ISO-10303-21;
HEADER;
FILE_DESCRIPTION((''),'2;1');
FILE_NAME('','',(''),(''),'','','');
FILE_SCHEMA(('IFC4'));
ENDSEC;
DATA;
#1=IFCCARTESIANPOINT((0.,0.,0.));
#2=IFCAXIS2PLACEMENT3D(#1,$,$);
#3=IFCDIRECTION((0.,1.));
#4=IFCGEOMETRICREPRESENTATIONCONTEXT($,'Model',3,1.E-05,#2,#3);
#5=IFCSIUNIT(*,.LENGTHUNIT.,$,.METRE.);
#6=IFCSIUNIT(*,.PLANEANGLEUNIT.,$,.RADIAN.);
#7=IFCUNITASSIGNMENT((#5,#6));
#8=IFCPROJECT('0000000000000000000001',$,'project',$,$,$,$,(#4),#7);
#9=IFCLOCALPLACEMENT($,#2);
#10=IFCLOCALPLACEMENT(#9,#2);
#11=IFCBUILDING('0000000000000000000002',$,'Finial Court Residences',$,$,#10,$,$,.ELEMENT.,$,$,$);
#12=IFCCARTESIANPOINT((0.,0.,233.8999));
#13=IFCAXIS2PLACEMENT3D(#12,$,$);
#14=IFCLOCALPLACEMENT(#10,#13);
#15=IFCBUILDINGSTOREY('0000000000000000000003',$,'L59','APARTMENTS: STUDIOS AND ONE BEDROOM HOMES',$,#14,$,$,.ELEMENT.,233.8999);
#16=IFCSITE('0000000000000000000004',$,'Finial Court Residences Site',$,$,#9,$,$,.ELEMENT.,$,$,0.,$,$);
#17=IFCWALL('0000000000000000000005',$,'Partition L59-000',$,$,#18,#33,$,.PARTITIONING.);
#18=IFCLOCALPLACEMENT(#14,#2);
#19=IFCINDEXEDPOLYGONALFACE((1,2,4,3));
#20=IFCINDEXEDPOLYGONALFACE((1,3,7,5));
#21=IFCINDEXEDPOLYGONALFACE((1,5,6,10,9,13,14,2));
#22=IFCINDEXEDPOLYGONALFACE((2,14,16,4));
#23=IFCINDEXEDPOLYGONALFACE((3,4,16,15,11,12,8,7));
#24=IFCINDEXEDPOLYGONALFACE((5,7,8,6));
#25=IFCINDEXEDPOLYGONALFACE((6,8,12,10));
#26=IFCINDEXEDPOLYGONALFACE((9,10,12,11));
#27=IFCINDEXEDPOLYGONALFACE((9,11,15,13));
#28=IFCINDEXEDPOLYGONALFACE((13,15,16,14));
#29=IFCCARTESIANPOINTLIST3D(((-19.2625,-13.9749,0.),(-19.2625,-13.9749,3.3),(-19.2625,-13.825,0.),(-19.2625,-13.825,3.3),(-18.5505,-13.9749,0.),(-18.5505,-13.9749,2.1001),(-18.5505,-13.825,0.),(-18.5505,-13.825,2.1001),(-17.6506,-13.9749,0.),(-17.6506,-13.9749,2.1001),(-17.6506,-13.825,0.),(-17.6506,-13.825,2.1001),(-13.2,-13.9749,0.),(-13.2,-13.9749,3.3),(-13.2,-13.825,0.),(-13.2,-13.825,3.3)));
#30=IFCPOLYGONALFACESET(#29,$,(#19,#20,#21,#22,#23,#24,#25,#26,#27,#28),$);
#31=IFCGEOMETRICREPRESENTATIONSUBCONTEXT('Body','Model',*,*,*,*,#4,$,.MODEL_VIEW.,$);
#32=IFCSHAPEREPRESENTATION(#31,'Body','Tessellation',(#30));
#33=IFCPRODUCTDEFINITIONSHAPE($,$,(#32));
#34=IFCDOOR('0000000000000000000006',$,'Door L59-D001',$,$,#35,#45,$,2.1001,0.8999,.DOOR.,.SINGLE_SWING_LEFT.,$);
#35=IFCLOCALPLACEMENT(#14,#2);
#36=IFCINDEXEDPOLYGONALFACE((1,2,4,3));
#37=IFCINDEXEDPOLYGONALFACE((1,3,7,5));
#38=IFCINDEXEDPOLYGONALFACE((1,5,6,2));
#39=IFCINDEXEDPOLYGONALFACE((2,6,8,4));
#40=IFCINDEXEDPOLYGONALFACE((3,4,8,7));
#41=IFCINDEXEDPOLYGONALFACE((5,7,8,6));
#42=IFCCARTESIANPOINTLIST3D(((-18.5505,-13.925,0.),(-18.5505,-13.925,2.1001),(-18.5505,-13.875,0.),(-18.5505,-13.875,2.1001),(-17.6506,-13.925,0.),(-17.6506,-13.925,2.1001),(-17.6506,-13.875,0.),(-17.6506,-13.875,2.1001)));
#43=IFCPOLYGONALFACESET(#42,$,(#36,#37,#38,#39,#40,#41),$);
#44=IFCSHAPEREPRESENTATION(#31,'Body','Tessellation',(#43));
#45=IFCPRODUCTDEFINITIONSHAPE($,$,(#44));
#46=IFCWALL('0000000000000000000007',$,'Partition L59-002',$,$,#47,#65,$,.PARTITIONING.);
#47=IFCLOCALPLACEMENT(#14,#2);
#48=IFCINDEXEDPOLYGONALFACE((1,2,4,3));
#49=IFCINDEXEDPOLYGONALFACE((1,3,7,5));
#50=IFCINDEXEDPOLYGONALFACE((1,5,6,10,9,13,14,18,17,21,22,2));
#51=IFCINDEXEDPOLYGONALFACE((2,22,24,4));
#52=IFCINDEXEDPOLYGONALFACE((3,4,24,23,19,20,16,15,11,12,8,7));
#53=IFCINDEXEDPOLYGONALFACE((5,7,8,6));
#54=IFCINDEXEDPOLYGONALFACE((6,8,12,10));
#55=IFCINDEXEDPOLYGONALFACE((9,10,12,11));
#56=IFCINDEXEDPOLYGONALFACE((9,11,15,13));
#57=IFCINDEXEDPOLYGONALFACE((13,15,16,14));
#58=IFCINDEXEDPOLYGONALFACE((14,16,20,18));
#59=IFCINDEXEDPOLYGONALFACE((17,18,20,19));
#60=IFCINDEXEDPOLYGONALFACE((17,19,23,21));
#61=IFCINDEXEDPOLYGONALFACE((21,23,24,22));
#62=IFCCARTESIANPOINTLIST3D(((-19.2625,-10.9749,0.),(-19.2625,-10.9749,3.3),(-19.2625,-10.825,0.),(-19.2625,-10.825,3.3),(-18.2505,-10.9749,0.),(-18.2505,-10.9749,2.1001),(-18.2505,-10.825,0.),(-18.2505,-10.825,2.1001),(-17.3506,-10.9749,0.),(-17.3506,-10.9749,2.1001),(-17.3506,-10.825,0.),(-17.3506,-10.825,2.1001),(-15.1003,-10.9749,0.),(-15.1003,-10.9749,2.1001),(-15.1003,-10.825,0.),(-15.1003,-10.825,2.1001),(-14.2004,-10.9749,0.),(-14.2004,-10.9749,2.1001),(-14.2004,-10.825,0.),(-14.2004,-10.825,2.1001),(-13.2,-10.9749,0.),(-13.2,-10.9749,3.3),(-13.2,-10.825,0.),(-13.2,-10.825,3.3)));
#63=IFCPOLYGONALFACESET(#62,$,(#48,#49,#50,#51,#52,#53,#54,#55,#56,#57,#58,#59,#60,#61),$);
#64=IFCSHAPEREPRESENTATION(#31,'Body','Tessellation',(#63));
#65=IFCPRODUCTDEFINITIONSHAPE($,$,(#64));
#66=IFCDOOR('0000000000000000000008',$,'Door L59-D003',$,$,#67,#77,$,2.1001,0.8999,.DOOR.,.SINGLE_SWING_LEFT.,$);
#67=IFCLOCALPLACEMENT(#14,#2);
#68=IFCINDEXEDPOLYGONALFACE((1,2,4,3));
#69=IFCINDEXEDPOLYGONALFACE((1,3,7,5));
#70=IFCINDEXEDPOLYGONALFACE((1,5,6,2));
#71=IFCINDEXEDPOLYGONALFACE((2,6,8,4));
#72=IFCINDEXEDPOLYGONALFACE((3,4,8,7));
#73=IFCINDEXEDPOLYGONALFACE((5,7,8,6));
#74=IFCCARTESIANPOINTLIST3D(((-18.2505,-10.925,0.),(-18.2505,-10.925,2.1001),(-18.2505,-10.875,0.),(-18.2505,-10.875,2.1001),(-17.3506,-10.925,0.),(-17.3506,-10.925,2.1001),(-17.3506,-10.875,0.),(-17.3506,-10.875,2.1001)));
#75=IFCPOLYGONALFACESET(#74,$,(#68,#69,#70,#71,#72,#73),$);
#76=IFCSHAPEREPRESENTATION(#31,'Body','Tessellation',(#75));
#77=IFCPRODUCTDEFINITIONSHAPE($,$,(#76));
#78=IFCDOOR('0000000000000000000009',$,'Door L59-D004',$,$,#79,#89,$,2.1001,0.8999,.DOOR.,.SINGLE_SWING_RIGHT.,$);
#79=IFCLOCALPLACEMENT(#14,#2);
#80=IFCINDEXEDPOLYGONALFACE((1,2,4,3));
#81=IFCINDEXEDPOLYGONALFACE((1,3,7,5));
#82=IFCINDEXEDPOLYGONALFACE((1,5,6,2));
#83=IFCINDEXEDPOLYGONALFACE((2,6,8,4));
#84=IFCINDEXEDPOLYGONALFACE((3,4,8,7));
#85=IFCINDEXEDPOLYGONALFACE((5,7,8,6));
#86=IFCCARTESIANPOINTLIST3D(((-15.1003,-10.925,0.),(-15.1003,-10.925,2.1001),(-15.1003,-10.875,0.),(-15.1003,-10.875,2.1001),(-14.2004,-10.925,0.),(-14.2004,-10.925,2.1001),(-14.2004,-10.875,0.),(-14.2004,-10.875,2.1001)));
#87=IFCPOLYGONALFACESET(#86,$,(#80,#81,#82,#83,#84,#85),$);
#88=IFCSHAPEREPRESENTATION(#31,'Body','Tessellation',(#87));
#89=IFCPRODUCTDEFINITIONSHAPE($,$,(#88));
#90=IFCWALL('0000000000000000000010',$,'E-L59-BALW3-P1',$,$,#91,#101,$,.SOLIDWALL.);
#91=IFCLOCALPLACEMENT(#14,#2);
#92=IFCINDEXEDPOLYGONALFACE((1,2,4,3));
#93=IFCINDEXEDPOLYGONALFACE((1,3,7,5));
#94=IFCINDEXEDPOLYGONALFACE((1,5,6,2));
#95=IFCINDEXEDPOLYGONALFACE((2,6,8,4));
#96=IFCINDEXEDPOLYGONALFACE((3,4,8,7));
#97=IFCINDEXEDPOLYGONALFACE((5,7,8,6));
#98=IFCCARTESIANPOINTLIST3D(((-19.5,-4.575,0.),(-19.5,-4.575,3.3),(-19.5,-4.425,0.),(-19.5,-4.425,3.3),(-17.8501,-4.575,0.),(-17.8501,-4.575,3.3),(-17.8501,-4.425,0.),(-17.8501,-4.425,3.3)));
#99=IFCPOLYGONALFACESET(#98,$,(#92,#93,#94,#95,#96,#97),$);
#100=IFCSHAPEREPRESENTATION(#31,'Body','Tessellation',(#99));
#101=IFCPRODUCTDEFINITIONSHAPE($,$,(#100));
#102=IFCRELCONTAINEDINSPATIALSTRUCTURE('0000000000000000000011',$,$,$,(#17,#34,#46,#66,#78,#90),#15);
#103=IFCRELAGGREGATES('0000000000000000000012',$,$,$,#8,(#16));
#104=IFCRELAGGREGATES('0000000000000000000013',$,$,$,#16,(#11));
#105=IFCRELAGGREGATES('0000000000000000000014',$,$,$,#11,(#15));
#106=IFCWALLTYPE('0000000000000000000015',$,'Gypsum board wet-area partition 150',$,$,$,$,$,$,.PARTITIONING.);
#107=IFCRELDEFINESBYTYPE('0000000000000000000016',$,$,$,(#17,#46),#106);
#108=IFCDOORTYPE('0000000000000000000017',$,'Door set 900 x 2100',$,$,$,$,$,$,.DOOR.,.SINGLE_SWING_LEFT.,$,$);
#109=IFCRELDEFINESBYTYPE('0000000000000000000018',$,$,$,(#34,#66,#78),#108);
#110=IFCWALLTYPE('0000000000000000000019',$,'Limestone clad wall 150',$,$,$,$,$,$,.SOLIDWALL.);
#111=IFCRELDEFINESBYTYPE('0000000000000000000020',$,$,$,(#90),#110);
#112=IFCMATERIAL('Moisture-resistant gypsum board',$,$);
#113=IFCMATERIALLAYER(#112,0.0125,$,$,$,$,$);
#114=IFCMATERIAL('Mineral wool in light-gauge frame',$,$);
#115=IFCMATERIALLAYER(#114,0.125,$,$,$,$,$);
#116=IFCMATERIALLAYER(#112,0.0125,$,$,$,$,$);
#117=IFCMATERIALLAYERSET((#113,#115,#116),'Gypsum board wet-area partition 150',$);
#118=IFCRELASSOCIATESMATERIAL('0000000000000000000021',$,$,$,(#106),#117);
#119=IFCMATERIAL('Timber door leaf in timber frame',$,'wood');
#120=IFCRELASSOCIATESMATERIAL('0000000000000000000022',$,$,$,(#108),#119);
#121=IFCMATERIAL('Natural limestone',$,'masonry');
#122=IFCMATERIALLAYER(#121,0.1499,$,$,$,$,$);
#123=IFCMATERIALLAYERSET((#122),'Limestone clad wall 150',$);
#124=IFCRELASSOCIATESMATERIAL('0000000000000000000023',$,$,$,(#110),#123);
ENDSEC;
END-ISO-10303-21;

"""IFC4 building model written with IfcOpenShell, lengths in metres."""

from ifc_helpers import new_model, si_unit, direction, frame, frame_2d, origin, place, context, subcontext, project, spatial, rectangle, extrude, material, layer, layer_set, type_object, element, fill, save


model = new_model("IFC4")

# Units and contexts
model_context = context("Model", 3, precision=1e-05, world=origin(), true_north=direction((0.0, 1.0)))
body_context = subcontext(model_context, "Body", "Model", "MODEL_VIEW")
ifc_project = project(units=[si_unit("LENGTHUNIT", "METRE"), si_unit("PLANEANGLEUNIT", "RADIAN")], contexts=[model_context])

# Site, building, storey
site_placement = place(None, origin())
site = spatial("IfcSite", under=ifc_project, at=site_placement, Name="Finial Court Residences Site", CompositionType="ELEMENT", RefElevation=0.0)
building_placement = place(site_placement, origin())
building = spatial("IfcBuilding", under=site, at=building_placement, Name="Finial Court Residences", CompositionType="ELEMENT")
storey_placement = place(building_placement, frame((0.0, 0.0, 233.8999)))
storey = spatial("IfcBuildingStorey", under=building, at=storey_placement, Name="L59", Description="APARTMENTS: STUDIOS AND ONE BEDROOM HOMES", CompositionType="ELEMENT", Elevation=233.8999)

# Wall, opening, door
ifc_material_1 = material(Name="Moisture-resistant gypsum board")
ifc_layer_1 = layer(ifc_material_1, 0.0125)
ifc_material_2 = material(Name="Mineral wool in light-gauge frame")
ifc_layer_2 = layer(ifc_material_2, 0.125)
ifc_layer_3 = layer(ifc_material_1, 0.0125)
ifc_layer_set_1 = layer_set([ifc_layer_1, ifc_layer_2, ifc_layer_3], Name="Gypsum board wet-area partition 150")
wall_type_1 = type_object("IfcWallType", Name="Gypsum board wet-area partition 150", PredefinedType="PARTITIONING", material=ifc_layer_set_1)
wall_1_placement = place(storey_placement, frame((-19.2625, -13.8999, 0.0), z_axis=(0.0, 0.0, 1.0), x_axis=(1.0, 0.0, 0.0)))
wall_1 = element("IfcWall", 1, at=wall_1_placement, inside=storey, type_object=wall_type_1, Name="Partition L59-000", PredefinedType="PARTITIONING", context=body_context, shape_type="SweptSolid", body=[
    extrude(rectangle(XDim=6.0625, YDim=0.1499, at=frame_2d((3.0312, 0.0))), origin(), (0.0, 0.0, 1.0), 3.3),
])
opening_1_placement = place(wall_1_placement, frame((0.7119, 0.0, 0.0)))
opening_1 = element("IfcOpeningElement", 2, at=opening_1_placement, cuts=wall_1, PredefinedType="OPENING", context=body_context, shape_type="SweptSolid", body=[
    extrude(rectangle(XDim=0.8999, YDim=2.1001, at=frame_2d((0.45, 1.05))), frame((0.0, 0.085, 0.0), z_axis=(0.0, -1.0, 0.0), x_axis=(1.0, 0.0, 0.0)), (0.0, 0.0, 1.0), 0.1699),
])
ifc_material_3 = material(Name="Timber door leaf in timber frame", Category="wood")
door_type_1 = type_object("IfcDoorType", Name="Door set 900 x 2100", OperationType="SINGLE_SWING_LEFT", PredefinedType="DOOR", material=ifc_material_3)
door_1_placement = place(opening_1_placement, origin())
door_1 = element("IfcDoor", 3, at=door_1_placement, inside=storey, type_object=door_type_1, Name="Door L59-D001", OperationType="SINGLE_SWING_LEFT", OverallHeight=2.1001, OverallWidth=0.8999, PredefinedType="DOOR", context=body_context, shape_type="SweptSolid", body=[
    extrude(rectangle(XDim=0.8999, YDim=2.1001, at=frame_2d((0.45, 1.05))), frame((0.0, 0.0249, 0.0), z_axis=(0.0, -1.0, 0.0), x_axis=(1.0, 0.0, 0.0)), (0.0, 0.0, 1.0), 0.05),
])
fill(opening_1, door_1)

# Wall, openings, doors
wall_2_placement = place(storey_placement, frame((-19.2625, -10.8999, 0.0), z_axis=(0.0, 0.0, 1.0), x_axis=(1.0, 0.0, 0.0)))
wall_2 = element("IfcWall", 4, at=wall_2_placement, inside=storey, type_object=wall_type_1, Name="Partition L59-002", PredefinedType="PARTITIONING", context=body_context, shape_type="SweptSolid", body=[
    extrude(rectangle(XDim=6.0625, YDim=0.1499, at=frame_2d((3.0312, 0.0))), origin(), (0.0, 0.0, 1.0), 3.3),
])
opening_2_placement = place(wall_2_placement, frame((1.012, 0.0, 0.0)))
opening_2 = element("IfcOpeningElement", 5, at=opening_2_placement, cuts=wall_2, PredefinedType="OPENING", context=body_context, shape_type="SweptSolid", body=[
    extrude(rectangle(XDim=0.8999, YDim=2.1001, at=frame_2d((0.45, 1.05))), frame((0.0, 0.085, 0.0), z_axis=(0.0, -1.0, 0.0), x_axis=(1.0, 0.0, 0.0)), (0.0, 0.0, 1.0), 0.1699),
])
opening_3_placement = place(wall_2_placement, frame((4.1621, 0.0, 0.0)))
opening_3 = element("IfcOpeningElement", 6, at=opening_3_placement, cuts=wall_2, PredefinedType="OPENING", context=body_context, shape_type="SweptSolid", body=[
    extrude(rectangle(XDim=0.8999, YDim=2.1001, at=frame_2d((0.45, 1.05))), frame((0.0, 0.085, 0.0), z_axis=(0.0, -1.0, 0.0), x_axis=(1.0, 0.0, 0.0)), (0.0, 0.0, 1.0), 0.1699),
])
door_2_placement = place(opening_2_placement, origin())
door_2 = element("IfcDoor", 7, at=door_2_placement, inside=storey, type_object=door_type_1, Name="Door L59-D003", OperationType="SINGLE_SWING_LEFT", OverallHeight=2.1001, OverallWidth=0.8999, PredefinedType="DOOR", context=body_context, shape_type="SweptSolid", body=[
    extrude(rectangle(XDim=0.8999, YDim=2.1001, at=frame_2d((0.45, 1.05))), frame((0.0, 0.0249, 0.0), z_axis=(0.0, -1.0, 0.0), x_axis=(1.0, 0.0, 0.0)), (0.0, 0.0, 1.0), 0.05),
])
fill(opening_2, door_2)
door_3_placement = place(opening_3_placement, origin())
door_3 = element("IfcDoor", 8, at=door_3_placement, inside=storey, type_object=door_type_1, Name="Door L59-D004", OperationType="SINGLE_SWING_RIGHT", OverallHeight=2.1001, OverallWidth=0.8999, PredefinedType="DOOR", context=body_context, shape_type="SweptSolid", body=[
    extrude(rectangle(XDim=0.8999, YDim=2.1001, at=frame_2d((0.45, 1.05))), frame((0.0, 0.0249, 0.0), z_axis=(0.0, -1.0, 0.0), x_axis=(1.0, 0.0, 0.0)), (0.0, 0.0, 1.0), 0.05),
])
fill(opening_3, door_3)

# Wall
ifc_material_4 = material(Name="Natural limestone", Category="masonry")
ifc_layer_4 = layer(ifc_material_4, 0.1499)
ifc_layer_set_2 = layer_set([ifc_layer_4], Name="Limestone clad wall 150")
wall_type_2 = type_object("IfcWallType", Name="Limestone clad wall 150", PredefinedType="SOLIDWALL", material=ifc_layer_set_2)
wall_3_placement = place(storey_placement, frame((-17.8501, -4.5, 0.0), z_axis=(0.0, 0.0, 1.0), x_axis=(-1.0, 0.0, 0.0)))
element("IfcWall", 9, at=wall_3_placement, inside=storey, type_object=wall_type_2, Name="E-L59-BALW3-P1", PredefinedType="SOLIDWALL", context=body_context, shape_type="SweptSolid", body=[
    extrude(rectangle(XDim=1.6499, YDim=0.1499, at=frame_2d((0.825, 0.0))), origin(), (0.0, 0.0, 1.0), 3.3),
])

save(model, "model.ifc")
